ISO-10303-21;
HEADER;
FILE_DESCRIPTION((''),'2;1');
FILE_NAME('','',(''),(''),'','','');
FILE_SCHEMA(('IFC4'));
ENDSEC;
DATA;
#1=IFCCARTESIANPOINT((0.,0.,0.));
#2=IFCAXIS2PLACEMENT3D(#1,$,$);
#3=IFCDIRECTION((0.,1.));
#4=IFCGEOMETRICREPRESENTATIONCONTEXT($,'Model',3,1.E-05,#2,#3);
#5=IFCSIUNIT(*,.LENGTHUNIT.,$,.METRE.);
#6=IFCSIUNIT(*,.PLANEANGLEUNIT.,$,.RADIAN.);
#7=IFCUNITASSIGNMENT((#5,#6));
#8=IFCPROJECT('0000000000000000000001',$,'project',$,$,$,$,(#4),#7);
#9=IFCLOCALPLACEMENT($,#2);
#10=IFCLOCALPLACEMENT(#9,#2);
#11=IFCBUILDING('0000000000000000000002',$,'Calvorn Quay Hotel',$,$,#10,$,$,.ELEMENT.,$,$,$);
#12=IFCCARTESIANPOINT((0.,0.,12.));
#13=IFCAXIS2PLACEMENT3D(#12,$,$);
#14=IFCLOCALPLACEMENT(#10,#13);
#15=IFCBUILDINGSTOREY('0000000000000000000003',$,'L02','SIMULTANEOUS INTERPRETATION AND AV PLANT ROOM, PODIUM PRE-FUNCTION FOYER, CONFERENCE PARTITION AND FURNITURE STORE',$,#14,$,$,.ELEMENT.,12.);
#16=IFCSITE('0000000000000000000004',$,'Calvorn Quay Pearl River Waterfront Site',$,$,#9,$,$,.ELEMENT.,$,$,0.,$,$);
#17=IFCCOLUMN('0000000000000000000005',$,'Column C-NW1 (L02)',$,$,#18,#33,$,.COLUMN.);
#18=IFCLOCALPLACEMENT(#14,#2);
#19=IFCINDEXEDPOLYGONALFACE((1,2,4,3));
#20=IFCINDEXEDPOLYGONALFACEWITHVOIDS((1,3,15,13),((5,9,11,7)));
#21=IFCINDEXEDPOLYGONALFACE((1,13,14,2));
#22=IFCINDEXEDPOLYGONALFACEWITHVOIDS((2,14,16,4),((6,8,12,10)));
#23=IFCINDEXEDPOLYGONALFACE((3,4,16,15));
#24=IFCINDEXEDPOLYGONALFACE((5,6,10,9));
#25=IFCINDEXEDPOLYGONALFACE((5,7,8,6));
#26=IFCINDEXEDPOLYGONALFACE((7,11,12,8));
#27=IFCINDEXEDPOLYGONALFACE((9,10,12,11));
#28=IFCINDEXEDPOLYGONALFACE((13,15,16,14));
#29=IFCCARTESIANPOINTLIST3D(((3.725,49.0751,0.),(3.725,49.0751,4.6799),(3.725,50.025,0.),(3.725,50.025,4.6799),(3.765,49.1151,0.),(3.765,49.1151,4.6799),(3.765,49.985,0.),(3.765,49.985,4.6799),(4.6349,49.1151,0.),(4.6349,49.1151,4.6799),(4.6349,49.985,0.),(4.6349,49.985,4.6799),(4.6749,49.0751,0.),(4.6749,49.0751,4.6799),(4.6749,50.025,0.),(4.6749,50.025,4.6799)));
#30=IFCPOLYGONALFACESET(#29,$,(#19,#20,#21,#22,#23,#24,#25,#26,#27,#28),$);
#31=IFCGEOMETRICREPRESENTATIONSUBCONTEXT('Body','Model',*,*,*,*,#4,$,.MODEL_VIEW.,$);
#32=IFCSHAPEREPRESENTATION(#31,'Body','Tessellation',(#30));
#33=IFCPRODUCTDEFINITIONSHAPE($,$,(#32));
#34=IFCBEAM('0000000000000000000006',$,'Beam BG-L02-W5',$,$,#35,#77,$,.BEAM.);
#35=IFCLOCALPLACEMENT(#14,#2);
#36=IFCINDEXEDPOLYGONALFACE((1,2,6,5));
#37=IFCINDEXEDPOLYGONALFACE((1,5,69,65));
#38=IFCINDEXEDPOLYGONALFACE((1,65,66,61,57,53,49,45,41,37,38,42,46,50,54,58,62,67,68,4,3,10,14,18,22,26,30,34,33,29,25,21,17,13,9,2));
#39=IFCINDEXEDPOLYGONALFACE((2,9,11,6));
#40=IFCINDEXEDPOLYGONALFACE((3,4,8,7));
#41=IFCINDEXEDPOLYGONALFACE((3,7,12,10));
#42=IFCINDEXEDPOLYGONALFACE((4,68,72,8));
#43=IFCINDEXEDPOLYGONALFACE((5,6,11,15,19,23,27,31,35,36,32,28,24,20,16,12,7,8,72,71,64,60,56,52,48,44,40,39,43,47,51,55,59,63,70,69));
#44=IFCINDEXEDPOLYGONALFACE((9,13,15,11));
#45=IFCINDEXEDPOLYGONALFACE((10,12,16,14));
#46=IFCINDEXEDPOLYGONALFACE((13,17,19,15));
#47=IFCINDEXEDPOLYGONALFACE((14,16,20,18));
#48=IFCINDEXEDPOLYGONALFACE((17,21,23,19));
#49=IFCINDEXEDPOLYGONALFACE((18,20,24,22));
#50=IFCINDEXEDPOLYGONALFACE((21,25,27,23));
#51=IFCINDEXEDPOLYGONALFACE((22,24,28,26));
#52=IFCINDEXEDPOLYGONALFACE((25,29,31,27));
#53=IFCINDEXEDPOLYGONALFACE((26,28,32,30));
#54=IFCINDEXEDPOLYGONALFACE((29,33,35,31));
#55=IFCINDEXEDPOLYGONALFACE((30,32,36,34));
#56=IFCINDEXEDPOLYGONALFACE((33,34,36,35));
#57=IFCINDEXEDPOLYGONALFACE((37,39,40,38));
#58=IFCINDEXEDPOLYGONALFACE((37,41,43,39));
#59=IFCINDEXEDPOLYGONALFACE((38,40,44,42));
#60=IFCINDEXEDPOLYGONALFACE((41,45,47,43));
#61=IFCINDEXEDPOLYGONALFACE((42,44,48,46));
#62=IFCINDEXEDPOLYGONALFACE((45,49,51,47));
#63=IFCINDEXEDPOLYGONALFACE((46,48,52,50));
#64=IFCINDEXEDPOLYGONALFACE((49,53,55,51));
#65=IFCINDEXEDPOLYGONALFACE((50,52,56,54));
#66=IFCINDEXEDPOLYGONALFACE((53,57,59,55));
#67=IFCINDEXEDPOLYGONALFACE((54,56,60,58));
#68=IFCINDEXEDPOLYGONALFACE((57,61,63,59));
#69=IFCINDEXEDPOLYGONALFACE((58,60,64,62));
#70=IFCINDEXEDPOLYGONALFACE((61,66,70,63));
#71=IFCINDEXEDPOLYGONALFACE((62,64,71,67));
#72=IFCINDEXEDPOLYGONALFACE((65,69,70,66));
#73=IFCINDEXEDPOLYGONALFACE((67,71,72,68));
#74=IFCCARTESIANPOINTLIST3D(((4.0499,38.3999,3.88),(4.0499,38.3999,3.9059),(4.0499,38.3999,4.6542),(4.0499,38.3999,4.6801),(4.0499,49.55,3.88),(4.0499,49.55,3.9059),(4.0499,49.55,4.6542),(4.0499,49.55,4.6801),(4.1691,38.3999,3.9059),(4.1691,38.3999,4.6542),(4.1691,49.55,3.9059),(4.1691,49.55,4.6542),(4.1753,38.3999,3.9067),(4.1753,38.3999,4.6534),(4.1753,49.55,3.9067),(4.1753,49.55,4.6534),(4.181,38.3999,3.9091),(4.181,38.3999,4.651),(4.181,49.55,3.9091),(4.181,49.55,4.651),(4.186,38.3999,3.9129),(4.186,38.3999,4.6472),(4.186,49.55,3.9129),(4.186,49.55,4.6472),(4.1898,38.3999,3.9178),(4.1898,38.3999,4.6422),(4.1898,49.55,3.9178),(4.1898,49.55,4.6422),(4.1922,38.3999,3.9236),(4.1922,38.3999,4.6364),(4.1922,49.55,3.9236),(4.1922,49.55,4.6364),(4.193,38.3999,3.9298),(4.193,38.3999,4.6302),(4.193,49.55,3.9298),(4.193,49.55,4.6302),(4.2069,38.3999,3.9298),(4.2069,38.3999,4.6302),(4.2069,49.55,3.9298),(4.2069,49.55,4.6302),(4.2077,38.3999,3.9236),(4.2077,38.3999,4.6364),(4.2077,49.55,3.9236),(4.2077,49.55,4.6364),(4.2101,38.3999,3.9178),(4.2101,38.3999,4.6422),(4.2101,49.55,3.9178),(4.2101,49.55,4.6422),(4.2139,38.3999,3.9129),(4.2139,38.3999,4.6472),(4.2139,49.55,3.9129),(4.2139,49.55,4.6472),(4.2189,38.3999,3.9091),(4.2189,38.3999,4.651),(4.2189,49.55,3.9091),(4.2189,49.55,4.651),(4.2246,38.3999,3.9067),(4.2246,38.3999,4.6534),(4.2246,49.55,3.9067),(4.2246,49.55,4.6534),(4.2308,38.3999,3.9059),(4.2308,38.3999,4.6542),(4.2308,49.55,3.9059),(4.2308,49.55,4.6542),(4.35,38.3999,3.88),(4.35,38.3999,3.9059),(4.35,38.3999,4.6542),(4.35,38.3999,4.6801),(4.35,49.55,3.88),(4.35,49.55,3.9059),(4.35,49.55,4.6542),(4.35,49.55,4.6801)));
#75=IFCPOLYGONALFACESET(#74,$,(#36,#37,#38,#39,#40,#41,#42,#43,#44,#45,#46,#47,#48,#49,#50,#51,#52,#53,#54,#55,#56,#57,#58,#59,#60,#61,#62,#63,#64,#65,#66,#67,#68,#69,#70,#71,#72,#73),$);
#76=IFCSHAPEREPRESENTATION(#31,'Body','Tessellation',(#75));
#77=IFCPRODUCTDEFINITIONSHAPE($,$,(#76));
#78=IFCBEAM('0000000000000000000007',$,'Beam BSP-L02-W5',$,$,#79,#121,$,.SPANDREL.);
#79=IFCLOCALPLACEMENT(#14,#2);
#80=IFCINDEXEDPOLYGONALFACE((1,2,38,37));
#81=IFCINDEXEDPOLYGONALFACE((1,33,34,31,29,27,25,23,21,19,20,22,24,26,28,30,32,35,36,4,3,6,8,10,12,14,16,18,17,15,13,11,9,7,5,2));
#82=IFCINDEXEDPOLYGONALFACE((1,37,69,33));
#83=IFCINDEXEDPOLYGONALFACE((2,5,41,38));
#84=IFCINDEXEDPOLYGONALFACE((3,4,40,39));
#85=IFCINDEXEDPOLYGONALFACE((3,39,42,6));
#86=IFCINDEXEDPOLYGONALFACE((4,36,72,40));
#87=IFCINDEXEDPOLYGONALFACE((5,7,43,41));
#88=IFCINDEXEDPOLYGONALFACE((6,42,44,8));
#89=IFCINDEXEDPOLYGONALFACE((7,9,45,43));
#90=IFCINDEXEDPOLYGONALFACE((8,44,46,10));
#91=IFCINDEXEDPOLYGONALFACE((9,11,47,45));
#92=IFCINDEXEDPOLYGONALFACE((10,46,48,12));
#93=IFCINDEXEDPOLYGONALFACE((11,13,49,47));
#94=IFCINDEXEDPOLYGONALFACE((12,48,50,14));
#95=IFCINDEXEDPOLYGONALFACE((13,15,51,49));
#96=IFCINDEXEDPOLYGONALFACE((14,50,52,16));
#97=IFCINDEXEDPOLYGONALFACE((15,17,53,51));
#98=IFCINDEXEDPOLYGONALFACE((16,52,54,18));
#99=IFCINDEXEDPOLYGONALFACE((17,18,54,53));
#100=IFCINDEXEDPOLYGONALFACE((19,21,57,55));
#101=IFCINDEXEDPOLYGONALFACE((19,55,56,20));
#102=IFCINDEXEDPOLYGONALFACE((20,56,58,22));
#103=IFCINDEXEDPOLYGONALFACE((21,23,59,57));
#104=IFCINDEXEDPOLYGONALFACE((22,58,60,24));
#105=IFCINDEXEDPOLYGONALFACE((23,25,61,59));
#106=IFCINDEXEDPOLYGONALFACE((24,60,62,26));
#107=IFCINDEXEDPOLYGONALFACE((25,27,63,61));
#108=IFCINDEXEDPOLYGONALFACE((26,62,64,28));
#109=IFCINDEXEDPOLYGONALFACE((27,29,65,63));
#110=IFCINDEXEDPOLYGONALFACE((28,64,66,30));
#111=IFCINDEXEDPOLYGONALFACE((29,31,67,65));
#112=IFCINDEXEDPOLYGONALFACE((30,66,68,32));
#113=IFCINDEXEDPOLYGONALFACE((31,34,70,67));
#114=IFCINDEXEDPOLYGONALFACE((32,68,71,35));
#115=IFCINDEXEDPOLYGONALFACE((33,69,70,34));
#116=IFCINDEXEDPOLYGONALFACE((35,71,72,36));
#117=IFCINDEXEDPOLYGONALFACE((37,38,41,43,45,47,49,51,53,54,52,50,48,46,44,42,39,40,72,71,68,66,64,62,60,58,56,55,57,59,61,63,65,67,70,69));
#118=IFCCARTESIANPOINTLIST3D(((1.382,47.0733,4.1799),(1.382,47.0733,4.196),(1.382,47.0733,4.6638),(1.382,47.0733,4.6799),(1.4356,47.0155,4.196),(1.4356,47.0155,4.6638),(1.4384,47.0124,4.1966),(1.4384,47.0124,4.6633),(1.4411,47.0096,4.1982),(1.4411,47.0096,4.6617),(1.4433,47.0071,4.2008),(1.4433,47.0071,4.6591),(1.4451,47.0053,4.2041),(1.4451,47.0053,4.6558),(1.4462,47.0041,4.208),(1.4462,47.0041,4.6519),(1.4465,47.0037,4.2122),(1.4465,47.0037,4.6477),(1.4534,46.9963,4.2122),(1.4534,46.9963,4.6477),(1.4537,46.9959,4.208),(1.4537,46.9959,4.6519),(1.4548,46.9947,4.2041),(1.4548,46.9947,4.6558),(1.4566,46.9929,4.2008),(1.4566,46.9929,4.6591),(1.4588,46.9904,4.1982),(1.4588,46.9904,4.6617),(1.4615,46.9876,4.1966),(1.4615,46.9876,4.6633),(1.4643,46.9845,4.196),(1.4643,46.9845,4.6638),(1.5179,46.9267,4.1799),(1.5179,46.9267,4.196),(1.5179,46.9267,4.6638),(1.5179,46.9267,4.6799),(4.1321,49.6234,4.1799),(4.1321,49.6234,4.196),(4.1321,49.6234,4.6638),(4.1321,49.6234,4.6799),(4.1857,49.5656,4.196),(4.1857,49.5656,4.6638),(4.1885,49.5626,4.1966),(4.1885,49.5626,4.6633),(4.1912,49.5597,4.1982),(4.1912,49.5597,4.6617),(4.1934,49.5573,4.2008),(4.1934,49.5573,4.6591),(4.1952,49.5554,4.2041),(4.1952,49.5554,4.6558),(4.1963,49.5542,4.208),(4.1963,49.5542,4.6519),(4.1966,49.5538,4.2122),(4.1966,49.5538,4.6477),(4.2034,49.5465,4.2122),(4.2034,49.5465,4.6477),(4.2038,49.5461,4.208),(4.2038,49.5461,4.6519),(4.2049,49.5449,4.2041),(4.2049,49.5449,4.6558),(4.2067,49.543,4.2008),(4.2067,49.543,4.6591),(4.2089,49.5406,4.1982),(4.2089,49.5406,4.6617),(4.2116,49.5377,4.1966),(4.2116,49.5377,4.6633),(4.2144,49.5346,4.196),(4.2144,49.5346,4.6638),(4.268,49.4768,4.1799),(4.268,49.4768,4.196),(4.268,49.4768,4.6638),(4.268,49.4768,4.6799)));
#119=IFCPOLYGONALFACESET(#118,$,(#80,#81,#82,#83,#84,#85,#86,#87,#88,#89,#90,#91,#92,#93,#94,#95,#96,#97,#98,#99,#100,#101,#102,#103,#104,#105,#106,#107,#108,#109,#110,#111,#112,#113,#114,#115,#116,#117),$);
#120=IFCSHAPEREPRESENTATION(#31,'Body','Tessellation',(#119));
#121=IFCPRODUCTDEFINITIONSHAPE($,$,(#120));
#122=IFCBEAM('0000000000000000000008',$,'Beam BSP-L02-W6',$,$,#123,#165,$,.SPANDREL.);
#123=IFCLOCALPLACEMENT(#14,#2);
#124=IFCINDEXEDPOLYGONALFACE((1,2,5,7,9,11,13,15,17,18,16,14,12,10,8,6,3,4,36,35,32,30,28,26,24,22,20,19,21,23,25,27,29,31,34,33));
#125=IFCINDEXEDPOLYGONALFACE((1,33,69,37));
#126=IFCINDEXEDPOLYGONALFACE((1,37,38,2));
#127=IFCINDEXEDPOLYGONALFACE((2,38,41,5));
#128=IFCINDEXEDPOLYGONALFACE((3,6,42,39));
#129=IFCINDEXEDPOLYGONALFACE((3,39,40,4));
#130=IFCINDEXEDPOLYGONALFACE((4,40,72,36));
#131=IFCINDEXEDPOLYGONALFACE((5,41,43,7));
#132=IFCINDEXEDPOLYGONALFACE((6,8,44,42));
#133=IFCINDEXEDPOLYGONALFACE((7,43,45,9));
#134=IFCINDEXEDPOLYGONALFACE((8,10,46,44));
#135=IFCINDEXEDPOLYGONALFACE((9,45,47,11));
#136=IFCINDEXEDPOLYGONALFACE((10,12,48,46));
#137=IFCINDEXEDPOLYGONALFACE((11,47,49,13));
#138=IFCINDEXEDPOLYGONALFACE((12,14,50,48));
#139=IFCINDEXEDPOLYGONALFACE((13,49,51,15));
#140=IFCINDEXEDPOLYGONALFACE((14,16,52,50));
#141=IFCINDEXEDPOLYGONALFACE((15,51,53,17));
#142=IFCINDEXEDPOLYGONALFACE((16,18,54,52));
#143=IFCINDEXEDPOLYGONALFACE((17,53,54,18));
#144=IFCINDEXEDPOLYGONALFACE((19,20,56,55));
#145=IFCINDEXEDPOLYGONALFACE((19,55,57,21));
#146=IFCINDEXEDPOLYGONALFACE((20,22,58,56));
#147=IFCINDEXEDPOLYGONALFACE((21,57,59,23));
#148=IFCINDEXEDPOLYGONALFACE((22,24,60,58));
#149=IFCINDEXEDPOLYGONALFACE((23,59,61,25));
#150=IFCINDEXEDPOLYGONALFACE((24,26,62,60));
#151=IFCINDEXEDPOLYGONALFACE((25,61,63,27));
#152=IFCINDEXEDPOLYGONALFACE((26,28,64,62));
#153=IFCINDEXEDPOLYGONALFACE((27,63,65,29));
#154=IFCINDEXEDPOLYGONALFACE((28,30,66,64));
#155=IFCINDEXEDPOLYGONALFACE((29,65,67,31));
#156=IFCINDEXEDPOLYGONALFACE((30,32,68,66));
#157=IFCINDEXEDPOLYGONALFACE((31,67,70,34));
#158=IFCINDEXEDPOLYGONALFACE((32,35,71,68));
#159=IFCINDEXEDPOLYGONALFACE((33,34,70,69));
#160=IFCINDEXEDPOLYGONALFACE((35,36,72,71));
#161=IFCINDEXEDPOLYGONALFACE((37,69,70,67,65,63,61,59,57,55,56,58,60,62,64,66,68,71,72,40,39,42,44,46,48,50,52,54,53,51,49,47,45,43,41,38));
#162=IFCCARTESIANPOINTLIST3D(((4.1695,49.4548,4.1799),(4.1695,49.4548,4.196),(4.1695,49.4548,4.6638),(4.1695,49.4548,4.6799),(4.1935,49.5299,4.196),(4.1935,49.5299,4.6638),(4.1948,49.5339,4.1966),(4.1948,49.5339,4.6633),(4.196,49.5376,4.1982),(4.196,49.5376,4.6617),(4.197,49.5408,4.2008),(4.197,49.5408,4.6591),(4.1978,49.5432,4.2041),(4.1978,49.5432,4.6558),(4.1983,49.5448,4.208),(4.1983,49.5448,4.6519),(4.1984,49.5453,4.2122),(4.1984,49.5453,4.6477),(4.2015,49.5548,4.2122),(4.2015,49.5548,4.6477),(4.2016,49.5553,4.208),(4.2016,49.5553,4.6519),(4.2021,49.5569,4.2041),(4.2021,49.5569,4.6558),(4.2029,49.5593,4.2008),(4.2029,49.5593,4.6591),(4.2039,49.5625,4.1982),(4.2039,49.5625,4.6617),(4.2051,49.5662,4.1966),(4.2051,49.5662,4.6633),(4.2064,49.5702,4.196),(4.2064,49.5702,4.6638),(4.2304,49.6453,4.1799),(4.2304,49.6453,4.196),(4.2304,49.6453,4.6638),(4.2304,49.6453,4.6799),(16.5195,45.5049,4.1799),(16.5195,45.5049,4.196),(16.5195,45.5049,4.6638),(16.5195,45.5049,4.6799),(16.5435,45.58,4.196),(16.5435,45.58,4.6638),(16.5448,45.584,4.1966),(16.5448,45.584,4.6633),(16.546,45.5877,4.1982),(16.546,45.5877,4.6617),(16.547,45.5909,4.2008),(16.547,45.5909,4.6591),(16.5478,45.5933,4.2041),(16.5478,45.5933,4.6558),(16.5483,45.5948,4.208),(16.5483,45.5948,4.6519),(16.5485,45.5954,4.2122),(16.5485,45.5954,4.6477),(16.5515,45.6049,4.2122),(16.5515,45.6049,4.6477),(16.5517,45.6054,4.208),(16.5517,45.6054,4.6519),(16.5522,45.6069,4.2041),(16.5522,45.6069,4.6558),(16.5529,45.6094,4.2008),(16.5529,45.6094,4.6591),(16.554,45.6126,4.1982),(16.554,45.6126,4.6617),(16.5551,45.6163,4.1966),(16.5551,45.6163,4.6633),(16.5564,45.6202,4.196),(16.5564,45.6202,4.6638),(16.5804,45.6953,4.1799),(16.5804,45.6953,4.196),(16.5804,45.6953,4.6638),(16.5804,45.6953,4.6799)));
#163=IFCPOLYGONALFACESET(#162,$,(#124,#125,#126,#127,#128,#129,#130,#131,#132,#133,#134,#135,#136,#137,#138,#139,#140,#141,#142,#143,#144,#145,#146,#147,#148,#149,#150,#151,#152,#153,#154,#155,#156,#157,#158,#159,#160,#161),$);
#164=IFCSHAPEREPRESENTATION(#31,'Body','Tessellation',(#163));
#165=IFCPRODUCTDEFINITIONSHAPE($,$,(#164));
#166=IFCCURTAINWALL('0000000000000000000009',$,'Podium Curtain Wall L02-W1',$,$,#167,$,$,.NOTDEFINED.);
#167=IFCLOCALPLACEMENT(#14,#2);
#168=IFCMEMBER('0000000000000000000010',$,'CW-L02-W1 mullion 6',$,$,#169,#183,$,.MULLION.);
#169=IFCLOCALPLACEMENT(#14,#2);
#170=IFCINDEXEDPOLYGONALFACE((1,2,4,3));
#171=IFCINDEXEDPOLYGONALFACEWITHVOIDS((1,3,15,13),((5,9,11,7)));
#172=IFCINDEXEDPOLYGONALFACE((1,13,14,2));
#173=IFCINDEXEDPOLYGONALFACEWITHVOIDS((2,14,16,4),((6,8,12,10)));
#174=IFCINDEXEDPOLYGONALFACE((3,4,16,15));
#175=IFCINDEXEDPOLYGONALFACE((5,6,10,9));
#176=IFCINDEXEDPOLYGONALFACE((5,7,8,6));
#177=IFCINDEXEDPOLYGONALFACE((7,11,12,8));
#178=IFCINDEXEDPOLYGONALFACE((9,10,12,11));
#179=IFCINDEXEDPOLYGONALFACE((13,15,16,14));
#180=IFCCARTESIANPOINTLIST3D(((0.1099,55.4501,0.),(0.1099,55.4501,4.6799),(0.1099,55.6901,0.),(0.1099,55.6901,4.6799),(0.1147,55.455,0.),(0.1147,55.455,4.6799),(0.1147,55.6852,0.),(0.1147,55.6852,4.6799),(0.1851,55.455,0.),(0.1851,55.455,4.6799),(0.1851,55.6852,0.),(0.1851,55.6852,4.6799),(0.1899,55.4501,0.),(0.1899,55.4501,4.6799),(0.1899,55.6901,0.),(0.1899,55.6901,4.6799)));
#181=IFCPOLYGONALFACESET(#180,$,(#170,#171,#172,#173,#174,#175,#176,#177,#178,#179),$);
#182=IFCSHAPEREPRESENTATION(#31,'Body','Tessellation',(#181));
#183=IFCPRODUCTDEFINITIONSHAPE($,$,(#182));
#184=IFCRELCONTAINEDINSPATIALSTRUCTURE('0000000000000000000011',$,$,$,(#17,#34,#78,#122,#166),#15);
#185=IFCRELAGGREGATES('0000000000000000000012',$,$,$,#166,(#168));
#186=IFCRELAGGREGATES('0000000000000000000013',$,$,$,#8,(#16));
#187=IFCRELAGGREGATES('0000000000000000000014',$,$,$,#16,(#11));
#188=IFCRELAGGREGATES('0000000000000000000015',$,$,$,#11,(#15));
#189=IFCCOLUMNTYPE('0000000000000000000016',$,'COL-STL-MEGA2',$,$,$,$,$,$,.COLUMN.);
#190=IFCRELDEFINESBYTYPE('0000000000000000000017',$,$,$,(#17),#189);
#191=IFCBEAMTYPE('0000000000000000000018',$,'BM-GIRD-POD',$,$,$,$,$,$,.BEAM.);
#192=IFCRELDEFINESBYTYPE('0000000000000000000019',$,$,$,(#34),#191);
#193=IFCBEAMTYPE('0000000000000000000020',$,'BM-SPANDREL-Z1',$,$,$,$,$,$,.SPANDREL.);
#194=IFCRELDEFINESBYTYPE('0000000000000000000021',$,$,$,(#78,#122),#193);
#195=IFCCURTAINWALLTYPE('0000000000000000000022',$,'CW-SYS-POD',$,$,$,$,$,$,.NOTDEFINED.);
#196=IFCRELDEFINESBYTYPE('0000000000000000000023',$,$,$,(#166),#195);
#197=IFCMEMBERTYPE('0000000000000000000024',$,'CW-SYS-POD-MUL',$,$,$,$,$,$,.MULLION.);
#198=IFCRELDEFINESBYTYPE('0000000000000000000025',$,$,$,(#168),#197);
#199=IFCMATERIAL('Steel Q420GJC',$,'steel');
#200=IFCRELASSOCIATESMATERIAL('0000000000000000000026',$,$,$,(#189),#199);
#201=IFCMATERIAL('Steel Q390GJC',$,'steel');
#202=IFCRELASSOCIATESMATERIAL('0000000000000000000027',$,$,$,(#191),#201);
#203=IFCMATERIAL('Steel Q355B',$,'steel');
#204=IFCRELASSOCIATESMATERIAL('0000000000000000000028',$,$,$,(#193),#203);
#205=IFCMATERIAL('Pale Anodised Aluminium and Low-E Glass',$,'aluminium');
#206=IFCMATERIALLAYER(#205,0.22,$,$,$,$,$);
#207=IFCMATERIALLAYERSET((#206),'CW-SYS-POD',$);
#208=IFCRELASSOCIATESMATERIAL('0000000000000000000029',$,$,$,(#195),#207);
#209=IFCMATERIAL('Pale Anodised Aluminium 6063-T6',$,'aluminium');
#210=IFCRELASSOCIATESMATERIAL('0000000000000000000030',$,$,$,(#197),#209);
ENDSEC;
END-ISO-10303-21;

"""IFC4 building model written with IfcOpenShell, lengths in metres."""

from ifc_helpers import new_model, si_unit, direction, frame, origin, origin_2d, place, context, subcontext, project, spatial, hollow_rectangle, i_section, extrude, material, layer, layer_set, material_profile, profile_set, type_object, element, aggregate, save


model = new_model("IFC4")

# Units and contexts
model_context = context("Model", 3, precision=1e-05, world=origin(), true_north=direction((0.0, 1.0)))
body_context = subcontext(model_context, "Body", "Model", "MODEL_VIEW")
ifc_project = project(units=[si_unit("LENGTHUNIT", "METRE"), si_unit("PLANEANGLEUNIT", "RADIAN")], contexts=[model_context])

# Site, building, storey
site_placement = place(None, origin())
site = spatial("IfcSite", under=ifc_project, at=site_placement, Name="Calvorn Quay Pearl River Waterfront Site", CompositionType="ELEMENT", RefElevation=0.0)
building_placement = place(site_placement, origin())
building = spatial("IfcBuilding", under=site, at=building_placement, Name="Calvorn Quay Hotel", CompositionType="ELEMENT")
storey_placement = place(building_placement, frame((0.0, 0.0, 12.0)))
storey = spatial("IfcBuildingStorey", under=building, at=storey_placement, Name="L02", Description="SIMULTANEOUS INTERPRETATION AND AV PLANT ROOM, PODIUM PRE-FUNCTION FOYER, CONFERENCE PARTITION AND FURNITURE STORE", CompositionType="ELEMENT", Elevation=12.0)

# Column
ifc_material_1 = material(Name="Steel Q420GJC", Category="steel")
ifc_material_profile_1 = material_profile(ifc_material_1, hollow_rectangle(XDim=0.95, YDim=0.95, WallThickness=0.04, at=origin_2d()), Name="BOX950x950x40")
ifc_profile_set_1 = profile_set([ifc_material_profile_1], Name="Steel Q420GJC")
column_type = type_object("IfcColumnType", Name="COL-STL-MEGA2", PredefinedType="COLUMN", material=ifc_profile_set_1)
column_placement = place(storey_placement, frame((4.2, 49.55, 0.0), z_axis=(0.0, 0.0, 1.0), x_axis=(1.0, 0.0, 0.0)))
element("IfcColumn", 1, at=column_placement, inside=storey, type_object=column_type, Name="Column C-NW1 (L02)", PredefinedType="COLUMN", context=body_context, shape_type="SweptSolid", body=[
    extrude(hollow_rectangle(XDim=0.95, YDim=0.95, WallThickness=0.04, at=origin_2d()), origin(), (0.0, 0.0, 1.0), 4.6799),
])

# Beams
ifc_material_2 = material(Name="Steel Q390GJC", Category="steel")
ifc_material_profile_2 = material_profile(ifc_material_2, i_section(OverallWidth=0.3, OverallDepth=0.8, WebThickness=0.0139, FlangeThickness=0.0259, FilletRadius=0.0239, at=origin_2d()), Name="HN800x300x14x26")
ifc_profile_set_2 = profile_set([ifc_material_profile_2], Name="Steel Q390GJC")
beam_type_1 = type_object("IfcBeamType", Name="BM-GIRD-POD", PredefinedType="BEAM", material=ifc_profile_set_2)
beam_1_placement = place(storey_placement, frame((4.2, 49.55, 4.28), z_axis=(0.0, -1.0, 0.0), x_axis=(1.0, 0.0, 0.0)))
element("IfcBeam", 2, at=beam_1_placement, inside=storey, type_object=beam_type_1, Name="Beam BG-L02-W5", PredefinedType="BEAM", context=body_context, shape_type="SweptSolid", body=[
    extrude(i_section(OverallWidth=0.3, OverallDepth=0.8, WebThickness=0.0139, FlangeThickness=0.0259, FilletRadius=0.0239, at=origin_2d()), origin(), (0.0, 0.0, 1.0), 11.1501),
])
ifc_material_3 = material(Name="Steel Q355B", Category="steel")
ifc_material_profile_3 = material_profile(ifc_material_3, i_section(OverallWidth=0.2, OverallDepth=0.5, WebThickness=0.01, FlangeThickness=0.0161, FilletRadius=0.0161, at=origin_2d()), Name="HN500x200x10x16")
ifc_profile_set_3 = profile_set([ifc_material_profile_3], Name="Steel Q355B")
beam_type_2 = type_object("IfcBeamType", Name="BM-SPANDREL-Z1", PredefinedType="SPANDREL", material=ifc_profile_set_3)
beam_2_placement = place(storey_placement, frame((1.45, 47.0, 4.4299), z_axis=(0.733262, 0.679947, 0.0), x_axis=(-0.679947, 0.733262, 0.0)))
element("IfcBeam", 3, at=beam_2_placement, inside=storey, type_object=beam_type_2, Name="Beam BSP-L02-W5", PredefinedType="SPANDREL", context=body_context, shape_type="SweptSolid", body=[
    extrude(i_section(OverallWidth=0.2, OverallDepth=0.5, WebThickness=0.01, FlangeThickness=0.0161, FilletRadius=0.0161, at=origin_2d()), origin(), (0.0, 0.0, 1.0), 3.7505),
])
beam_3_placement = place(storey_placement, frame((4.2, 49.55, 4.4299), z_axis=(0.952471, -0.30463, 0.0), x_axis=(0.30463, 0.952471, 0.0)))
element("IfcBeam", 4, at=beam_3_placement, inside=storey, type_object=beam_type_2, Name="Beam BSP-L02-W6", PredefinedType="SPANDREL", context=body_context, shape_type="SweptSolid", body=[
    extrude(i_section(OverallWidth=0.2, OverallDepth=0.5, WebThickness=0.01, FlangeThickness=0.0161, FilletRadius=0.0161, at=origin_2d()), origin(), (0.0, 0.0, 1.0), 12.9663),
])

# Curtain wall, member
ifc_material_4 = material(Name="Pale Anodised Aluminium and Low-E Glass", Category="aluminium")
ifc_layer_1 = layer(ifc_material_4, 0.22)
ifc_layer_set_1 = layer_set([ifc_layer_1], Name="CW-SYS-POD")
curtain_wall_type = type_object("IfcCurtainWallType", Name="CW-SYS-POD", PredefinedType="NOTDEFINED", material=ifc_layer_set_1)
curtain_wall_1_placement = place(storey_placement, origin())
curtain_wall_1 = element("IfcCurtainWall", 5, at=curtain_wall_1_placement, inside=storey, type_object=curtain_wall_type, Name="Podium Curtain Wall L02-W1", PredefinedType="NOTDEFINED")
ifc_material_5 = material(Name="Pale Anodised Aluminium 6063-T6", Category="aluminium")
ifc_material_profile_4 = material_profile(ifc_material_5, hollow_rectangle(XDim=0.0801, YDim=0.24, WallThickness=0.0049, at=origin_2d()), Name="ALU-M240x80x5")
ifc_profile_set_4 = profile_set([ifc_material_profile_4], Name="Pale Anodised Aluminium 6063-T6")
member_type_1 = type_object("IfcMemberType", Name="CW-SYS-POD-MUL", PredefinedType="MULLION", material=ifc_profile_set_4)
member_1_placement = place(storey_placement, frame((0.1499, 55.5701, 0.0), z_axis=(0.0, 0.0, 1.0), x_axis=(-1.0, 0.0, 0.0)))
member_1 = element("IfcMember", 6, at=member_1_placement, type_object=member_type_1, Name="CW-L02-W1 mullion 6", PredefinedType="MULLION", context=body_context, shape_type="SweptSolid", body=[
    extrude(hollow_rectangle(XDim=0.0801, YDim=0.24, WallThickness=0.0049, at=origin_2d()), origin(), (0.0, 0.0, 1.0), 4.6799),
])

aggregate(curtain_wall_1, [member_1])

save(model, "model.ifc")
